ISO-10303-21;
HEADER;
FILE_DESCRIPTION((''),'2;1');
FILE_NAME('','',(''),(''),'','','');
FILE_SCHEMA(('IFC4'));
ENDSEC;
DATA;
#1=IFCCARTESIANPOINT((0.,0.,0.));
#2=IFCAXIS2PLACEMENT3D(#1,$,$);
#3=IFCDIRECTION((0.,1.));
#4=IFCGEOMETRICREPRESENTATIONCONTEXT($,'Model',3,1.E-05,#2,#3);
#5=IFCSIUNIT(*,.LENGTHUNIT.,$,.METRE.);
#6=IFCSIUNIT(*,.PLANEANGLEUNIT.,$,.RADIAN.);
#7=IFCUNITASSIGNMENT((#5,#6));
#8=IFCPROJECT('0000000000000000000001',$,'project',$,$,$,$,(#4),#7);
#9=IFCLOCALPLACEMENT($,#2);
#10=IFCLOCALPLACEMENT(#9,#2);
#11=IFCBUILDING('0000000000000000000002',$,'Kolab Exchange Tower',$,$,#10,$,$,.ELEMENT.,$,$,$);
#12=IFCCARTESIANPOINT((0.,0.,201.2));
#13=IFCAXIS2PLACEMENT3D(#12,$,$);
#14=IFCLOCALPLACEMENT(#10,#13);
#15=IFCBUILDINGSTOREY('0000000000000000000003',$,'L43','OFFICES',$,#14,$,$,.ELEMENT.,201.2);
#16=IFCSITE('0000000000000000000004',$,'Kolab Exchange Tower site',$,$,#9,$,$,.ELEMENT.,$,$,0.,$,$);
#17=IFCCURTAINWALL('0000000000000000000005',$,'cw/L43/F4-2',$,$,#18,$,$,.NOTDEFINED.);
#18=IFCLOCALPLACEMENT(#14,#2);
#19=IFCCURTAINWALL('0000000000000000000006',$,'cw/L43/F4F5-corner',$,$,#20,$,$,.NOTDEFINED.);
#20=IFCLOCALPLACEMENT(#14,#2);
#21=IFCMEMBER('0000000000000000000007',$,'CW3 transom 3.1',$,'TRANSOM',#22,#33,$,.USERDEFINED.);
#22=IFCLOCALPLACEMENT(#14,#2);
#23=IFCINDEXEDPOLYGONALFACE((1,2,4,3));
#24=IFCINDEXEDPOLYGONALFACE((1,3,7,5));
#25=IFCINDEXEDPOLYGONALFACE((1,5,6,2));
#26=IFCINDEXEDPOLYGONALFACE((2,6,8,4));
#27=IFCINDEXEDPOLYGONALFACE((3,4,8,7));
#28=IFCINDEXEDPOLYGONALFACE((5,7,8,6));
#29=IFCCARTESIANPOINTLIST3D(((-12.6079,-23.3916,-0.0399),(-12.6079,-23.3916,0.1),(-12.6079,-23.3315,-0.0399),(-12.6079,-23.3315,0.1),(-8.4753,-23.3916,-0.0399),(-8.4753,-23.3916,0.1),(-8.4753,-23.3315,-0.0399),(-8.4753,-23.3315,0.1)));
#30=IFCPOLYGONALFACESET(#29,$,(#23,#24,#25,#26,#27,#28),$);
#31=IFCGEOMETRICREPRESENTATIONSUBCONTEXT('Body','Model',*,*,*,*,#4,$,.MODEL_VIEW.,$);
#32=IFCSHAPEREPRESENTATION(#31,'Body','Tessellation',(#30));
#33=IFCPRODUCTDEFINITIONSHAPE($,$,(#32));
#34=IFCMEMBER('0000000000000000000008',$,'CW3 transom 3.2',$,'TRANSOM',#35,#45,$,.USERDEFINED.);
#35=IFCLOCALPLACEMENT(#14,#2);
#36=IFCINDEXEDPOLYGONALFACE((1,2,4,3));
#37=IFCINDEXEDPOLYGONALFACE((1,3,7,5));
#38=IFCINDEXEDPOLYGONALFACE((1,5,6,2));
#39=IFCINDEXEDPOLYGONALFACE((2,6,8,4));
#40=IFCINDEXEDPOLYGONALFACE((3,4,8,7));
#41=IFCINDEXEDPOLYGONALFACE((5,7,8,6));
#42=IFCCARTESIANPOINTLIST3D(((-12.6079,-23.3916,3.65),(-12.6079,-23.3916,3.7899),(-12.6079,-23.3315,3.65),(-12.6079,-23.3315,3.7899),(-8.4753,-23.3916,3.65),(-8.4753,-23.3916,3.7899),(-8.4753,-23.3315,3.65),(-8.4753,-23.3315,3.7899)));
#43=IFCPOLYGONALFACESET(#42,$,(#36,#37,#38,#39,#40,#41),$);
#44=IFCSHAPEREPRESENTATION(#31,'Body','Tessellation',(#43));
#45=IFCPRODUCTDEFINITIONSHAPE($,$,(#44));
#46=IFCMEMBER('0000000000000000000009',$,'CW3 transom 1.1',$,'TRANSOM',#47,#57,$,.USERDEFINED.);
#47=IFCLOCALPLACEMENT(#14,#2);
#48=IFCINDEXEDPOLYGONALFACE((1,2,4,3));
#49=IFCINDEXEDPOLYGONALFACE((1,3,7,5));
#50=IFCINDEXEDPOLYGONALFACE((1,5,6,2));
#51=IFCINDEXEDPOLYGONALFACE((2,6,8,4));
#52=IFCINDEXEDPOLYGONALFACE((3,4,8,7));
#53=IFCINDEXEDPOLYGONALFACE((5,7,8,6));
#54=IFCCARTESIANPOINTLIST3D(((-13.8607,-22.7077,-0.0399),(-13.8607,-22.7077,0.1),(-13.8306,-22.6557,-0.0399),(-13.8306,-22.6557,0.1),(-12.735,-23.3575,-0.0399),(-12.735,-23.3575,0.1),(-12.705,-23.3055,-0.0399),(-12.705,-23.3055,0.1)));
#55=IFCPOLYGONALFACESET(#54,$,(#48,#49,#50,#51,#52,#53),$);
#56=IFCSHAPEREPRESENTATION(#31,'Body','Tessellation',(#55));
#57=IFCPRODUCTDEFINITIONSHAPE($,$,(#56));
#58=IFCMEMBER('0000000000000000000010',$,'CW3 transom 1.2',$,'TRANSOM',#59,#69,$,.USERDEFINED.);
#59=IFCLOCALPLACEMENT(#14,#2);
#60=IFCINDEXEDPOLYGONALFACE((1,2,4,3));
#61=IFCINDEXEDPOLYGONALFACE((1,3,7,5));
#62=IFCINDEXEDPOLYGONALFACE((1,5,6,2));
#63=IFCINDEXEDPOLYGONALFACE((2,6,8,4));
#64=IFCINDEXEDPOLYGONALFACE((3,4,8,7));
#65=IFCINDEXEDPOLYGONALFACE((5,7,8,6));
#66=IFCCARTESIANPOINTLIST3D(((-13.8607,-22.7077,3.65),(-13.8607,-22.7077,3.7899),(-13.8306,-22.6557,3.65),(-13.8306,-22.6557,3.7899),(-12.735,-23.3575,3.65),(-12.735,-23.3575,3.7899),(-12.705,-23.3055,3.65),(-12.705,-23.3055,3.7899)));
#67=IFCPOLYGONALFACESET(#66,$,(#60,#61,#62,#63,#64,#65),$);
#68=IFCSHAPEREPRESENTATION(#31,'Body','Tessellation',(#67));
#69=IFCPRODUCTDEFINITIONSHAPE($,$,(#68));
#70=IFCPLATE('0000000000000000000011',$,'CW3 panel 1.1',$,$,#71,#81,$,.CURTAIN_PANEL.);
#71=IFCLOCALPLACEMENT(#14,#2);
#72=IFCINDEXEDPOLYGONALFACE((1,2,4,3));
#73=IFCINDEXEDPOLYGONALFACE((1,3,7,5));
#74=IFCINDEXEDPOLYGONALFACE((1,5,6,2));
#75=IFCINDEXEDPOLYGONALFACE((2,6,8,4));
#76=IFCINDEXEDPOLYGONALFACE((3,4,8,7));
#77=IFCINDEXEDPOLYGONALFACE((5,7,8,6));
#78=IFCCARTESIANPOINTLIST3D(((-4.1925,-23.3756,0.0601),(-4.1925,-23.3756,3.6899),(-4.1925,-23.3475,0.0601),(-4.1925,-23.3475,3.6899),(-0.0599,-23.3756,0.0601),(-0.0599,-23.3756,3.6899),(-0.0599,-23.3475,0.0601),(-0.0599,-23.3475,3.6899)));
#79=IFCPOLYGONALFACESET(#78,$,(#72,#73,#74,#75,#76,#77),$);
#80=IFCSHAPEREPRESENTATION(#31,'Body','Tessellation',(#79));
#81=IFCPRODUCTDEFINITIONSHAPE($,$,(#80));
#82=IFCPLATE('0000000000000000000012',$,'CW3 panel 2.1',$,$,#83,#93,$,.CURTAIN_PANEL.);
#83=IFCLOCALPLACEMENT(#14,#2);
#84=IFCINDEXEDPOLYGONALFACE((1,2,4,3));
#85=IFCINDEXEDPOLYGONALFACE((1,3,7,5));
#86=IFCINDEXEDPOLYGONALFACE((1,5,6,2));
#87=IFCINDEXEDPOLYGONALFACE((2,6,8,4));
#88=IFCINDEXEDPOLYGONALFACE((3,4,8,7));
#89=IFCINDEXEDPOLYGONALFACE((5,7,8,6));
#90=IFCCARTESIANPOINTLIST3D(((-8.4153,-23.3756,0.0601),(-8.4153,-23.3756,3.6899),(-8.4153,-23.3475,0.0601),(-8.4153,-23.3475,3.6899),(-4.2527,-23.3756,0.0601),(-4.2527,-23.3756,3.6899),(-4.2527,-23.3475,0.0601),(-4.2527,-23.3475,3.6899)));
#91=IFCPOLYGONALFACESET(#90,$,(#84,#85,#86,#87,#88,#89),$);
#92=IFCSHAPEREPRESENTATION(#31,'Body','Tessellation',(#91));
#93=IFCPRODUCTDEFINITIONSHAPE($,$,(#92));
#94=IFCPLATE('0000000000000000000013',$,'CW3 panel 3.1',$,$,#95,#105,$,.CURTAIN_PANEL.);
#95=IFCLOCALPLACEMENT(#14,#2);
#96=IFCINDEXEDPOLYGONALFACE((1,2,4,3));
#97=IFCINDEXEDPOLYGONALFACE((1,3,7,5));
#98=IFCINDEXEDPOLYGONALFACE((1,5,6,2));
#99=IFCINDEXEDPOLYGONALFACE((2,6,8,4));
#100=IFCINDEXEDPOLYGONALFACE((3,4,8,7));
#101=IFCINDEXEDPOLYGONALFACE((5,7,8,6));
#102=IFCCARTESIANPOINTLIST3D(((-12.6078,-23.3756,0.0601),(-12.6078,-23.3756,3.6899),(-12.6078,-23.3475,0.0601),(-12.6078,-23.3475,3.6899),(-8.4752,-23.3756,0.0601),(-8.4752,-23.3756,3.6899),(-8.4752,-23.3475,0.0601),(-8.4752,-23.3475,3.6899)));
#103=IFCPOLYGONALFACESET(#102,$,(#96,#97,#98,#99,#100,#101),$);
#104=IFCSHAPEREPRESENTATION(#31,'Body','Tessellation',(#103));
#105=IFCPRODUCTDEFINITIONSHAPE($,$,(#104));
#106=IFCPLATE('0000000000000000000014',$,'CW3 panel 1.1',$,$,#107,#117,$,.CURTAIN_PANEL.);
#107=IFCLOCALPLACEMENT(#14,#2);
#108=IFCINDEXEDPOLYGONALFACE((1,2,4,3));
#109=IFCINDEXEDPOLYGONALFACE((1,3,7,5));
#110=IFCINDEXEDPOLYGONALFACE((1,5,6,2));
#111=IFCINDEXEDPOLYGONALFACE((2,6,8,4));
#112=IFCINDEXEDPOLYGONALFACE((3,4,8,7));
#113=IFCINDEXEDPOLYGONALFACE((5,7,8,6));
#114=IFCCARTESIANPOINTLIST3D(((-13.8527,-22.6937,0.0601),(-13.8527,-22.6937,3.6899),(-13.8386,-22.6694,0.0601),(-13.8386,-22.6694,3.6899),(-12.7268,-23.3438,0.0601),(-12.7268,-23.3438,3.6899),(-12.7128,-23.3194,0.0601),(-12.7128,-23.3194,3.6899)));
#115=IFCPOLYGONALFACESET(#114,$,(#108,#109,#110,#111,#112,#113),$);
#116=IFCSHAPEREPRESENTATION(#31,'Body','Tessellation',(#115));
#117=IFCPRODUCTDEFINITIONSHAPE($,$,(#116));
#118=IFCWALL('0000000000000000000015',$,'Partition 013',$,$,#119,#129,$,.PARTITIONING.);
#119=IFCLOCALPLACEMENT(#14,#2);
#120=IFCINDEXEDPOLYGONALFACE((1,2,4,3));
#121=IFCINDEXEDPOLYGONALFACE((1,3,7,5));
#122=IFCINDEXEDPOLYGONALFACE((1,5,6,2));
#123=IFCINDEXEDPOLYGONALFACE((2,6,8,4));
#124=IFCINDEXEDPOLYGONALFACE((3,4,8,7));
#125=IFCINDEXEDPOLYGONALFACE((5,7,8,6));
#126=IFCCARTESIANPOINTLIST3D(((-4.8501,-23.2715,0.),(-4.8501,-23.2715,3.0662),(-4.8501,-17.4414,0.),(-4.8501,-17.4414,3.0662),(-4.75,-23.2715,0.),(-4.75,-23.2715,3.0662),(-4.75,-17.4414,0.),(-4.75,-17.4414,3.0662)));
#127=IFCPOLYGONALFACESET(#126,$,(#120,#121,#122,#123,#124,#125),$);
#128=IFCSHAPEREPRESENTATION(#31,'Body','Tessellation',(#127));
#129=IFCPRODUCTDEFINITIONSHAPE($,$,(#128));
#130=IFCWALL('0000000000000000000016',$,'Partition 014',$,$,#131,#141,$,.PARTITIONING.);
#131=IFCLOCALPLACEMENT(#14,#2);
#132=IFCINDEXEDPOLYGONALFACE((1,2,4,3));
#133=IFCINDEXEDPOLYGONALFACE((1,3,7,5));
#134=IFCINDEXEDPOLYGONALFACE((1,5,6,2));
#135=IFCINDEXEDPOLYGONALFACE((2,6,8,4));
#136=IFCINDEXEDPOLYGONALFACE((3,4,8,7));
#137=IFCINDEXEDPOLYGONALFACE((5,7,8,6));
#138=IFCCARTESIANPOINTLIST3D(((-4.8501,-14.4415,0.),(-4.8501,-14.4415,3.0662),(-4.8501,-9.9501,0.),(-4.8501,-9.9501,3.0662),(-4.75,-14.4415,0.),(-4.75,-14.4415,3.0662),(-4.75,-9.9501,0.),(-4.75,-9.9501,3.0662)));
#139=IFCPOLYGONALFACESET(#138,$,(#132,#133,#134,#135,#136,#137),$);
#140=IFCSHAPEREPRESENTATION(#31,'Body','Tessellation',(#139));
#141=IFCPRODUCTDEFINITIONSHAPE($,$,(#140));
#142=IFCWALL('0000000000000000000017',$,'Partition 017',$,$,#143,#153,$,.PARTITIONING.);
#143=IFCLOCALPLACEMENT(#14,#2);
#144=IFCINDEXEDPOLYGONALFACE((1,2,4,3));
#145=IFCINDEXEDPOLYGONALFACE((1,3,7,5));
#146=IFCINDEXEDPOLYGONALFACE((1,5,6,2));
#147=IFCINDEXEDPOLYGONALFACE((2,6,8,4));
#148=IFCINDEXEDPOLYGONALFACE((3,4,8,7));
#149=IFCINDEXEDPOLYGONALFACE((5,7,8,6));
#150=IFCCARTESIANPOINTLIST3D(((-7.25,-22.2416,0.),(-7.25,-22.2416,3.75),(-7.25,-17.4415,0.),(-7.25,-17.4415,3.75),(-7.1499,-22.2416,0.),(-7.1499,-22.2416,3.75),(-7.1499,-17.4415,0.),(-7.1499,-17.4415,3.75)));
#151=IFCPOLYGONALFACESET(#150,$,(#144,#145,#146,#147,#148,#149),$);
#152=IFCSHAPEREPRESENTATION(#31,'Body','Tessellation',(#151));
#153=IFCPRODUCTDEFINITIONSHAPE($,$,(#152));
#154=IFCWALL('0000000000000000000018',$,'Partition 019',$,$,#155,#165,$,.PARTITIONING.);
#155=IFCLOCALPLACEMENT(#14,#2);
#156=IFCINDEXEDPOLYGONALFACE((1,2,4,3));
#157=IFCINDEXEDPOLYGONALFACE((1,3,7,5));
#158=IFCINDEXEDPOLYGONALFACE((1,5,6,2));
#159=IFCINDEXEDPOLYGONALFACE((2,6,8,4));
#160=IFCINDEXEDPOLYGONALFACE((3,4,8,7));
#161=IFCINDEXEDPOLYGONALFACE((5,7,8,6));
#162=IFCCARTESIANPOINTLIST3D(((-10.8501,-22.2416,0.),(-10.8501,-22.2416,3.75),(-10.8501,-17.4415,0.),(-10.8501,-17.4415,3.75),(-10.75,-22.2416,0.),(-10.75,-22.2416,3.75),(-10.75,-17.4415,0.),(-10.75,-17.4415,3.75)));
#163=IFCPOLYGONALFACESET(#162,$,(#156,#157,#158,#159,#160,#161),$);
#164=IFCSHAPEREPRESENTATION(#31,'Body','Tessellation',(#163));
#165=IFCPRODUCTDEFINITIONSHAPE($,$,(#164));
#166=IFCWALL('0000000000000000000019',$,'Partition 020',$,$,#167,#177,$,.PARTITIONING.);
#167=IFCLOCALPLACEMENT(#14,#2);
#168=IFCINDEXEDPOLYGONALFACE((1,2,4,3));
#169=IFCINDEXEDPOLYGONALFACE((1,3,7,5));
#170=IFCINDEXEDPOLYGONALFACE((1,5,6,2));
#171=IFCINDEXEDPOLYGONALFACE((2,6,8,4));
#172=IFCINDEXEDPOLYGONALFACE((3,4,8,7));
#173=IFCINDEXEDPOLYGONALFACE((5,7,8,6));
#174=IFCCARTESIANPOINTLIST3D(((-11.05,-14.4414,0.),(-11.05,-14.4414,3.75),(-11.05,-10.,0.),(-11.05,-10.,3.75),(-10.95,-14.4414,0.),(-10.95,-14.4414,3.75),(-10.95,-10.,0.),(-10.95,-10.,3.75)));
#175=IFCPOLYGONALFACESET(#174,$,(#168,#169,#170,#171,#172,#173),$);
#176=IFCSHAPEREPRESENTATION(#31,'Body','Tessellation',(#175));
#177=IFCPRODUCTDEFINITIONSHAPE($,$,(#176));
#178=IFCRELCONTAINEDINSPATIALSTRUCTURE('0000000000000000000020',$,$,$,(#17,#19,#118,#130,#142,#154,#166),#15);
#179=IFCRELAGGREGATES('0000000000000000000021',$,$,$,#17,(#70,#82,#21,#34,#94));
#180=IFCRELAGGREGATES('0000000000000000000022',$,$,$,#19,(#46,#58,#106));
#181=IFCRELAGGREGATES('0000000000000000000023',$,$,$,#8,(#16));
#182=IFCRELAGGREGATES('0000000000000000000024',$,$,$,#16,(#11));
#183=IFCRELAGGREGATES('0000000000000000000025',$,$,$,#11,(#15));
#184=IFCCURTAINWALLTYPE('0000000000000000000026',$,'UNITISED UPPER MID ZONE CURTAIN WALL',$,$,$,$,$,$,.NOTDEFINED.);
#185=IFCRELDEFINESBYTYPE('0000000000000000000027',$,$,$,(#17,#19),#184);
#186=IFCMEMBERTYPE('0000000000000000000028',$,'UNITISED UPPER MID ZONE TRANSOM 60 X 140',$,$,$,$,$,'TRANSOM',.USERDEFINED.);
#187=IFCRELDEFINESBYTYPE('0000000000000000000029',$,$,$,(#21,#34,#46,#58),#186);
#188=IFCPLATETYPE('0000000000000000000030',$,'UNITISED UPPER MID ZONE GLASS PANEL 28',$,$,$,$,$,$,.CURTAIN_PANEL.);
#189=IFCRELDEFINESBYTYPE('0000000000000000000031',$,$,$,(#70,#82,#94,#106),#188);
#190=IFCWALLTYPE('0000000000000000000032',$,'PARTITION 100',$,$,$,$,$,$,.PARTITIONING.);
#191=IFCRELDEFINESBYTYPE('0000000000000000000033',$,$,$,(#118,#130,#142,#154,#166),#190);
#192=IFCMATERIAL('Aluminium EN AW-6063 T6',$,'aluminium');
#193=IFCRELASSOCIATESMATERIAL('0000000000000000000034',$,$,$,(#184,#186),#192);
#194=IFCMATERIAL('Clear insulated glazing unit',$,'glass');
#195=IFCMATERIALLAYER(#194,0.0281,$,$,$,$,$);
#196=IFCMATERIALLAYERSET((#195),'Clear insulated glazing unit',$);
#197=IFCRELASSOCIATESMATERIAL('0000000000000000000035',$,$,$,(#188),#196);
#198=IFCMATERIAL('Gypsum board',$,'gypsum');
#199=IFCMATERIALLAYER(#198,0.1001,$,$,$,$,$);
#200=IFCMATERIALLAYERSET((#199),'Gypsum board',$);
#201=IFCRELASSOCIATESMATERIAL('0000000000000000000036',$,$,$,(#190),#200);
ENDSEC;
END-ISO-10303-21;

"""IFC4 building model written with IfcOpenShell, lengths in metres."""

from ifc_helpers import new_model, si_unit, direction, frame, frame_2d, origin, origin_2d, place, context, subcontext, project, spatial, rectangle, extrude, material, layer, layer_set, material_profile, profile_set, type_object, element, aggregate, save


model = new_model("IFC4")

# Units and contexts
model_context = context("Model", 3, precision=1e-05, world=origin(), true_north=direction((0.0, 1.0)))
body_context = subcontext(model_context, "Body", "Model", "MODEL_VIEW")
ifc_project = project(units=[si_unit("LENGTHUNIT", "METRE"), si_unit("PLANEANGLEUNIT", "RADIAN")], contexts=[model_context])

# Site, building, storey
site_placement = place(None, origin())
site = spatial("IfcSite", under=ifc_project, at=site_placement, Name="Kolab Exchange Tower site", CompositionType="ELEMENT", RefElevation=0.0)
building_placement = place(site_placement, origin())
building = spatial("IfcBuilding", under=site, at=building_placement, Name="Kolab Exchange Tower", CompositionType="ELEMENT")
storey_placement = place(building_placement, frame((0.0, 0.0, 201.2)))
storey = spatial("IfcBuildingStorey", under=building, at=storey_placement, Name="L43", Description="OFFICES", CompositionType="ELEMENT", Elevation=201.2)

# Curtain wall
ifc_material_1 = material(Name="Aluminium EN AW-6063 T6", Category="aluminium")
curtain_wall_type = type_object("IfcCurtainWallType", Name="UNITISED UPPER MID ZONE CURTAIN WALL", PredefinedType="NOTDEFINED", material=ifc_material_1)
curtain_wall_1_placement = place(storey_placement, origin())
curtain_wall_1 = element("IfcCurtainWall", 1, at=curtain_wall_1_placement, inside=storey, type_object=curtain_wall_type, Name="cw/L43/F4-2", PredefinedType="NOTDEFINED")

# Curtain wall
curtain_wall_2_placement = place(storey_placement, origin())
curtain_wall_2 = element("IfcCurtainWall", 2, at=curtain_wall_2_placement, inside=storey, type_object=curtain_wall_type, Name="cw/L43/F4F5-corner", PredefinedType="NOTDEFINED")

# Members
ifc_material_profile_1 = material_profile(ifc_material_1, rectangle(XDim=0.0601, YDim=0.1399, at=origin_2d()), Name="RECT 60X140")
ifc_profile_set_1 = profile_set([ifc_material_profile_1], Name="Aluminium EN AW-6063 T6")
member_type_1 = type_object("IfcMemberType", Name="UNITISED UPPER MID ZONE TRANSOM 60 X 140", ElementType="TRANSOM", PredefinedType="USERDEFINED", material=ifc_profile_set_1)
member_1_placement = place(storey_placement, frame((-8.4753, -23.3616, 0.03), z_axis=(-1.0, 0.0, 0.0), x_axis=(0.0, -1.0, 0.0)))
member_1 = element("IfcMember", 3, at=member_1_placement, type_object=member_type_1, Name="CW3 transom 3.1", ObjectType="TRANSOM", PredefinedType="USERDEFINED", context=body_context, shape_type="SweptSolid", body=[
    extrude(rectangle(XDim=0.0601, YDim=0.1399, at=origin_2d()), origin(), (0.0, 0.0, 1.0), 4.1326),
])
member_2_placement = place(storey_placement, frame((-8.4753, -23.3616, 3.72), z_axis=(-1.0, 0.0, 0.0), x_axis=(0.0, -1.0, 0.0)))
member_2 = element("IfcMember", 4, at=member_2_placement, type_object=member_type_1, Name="CW3 transom 3.2", ObjectType="TRANSOM", PredefinedType="USERDEFINED", context=body_context, shape_type="SweptSolid", body=[
    extrude(rectangle(XDim=0.0601, YDim=0.1399, at=origin_2d()), origin(), (0.0, 0.0, 1.0), 4.1326),
])
member_3_placement = place(storey_placement, frame((-12.72, -23.3315, 0.03), z_axis=(-0.866039, 0.499977, 0.0), x_axis=(-0.499977, -0.866039, 0.0)))
member_3 = element("IfcMember", 5, at=member_3_placement, type_object=member_type_1, Name="CW3 transom 1.1", ObjectType="TRANSOM", PredefinedType="USERDEFINED", context=body_context, shape_type="SweptSolid", body=[
    extrude(rectangle(XDim=0.0601, YDim=0.1399, at=origin_2d()), origin(), (0.0, 0.0, 1.0), 1.2998),
])
member_4_placement = place(storey_placement, frame((-12.72, -23.3315, 3.72), z_axis=(-0.866039, 0.499977, 0.0), x_axis=(-0.499977, -0.866039, 0.0)))
member_4 = element("IfcMember", 6, at=member_4_placement, type_object=member_type_1, Name="CW3 transom 1.2", ObjectType="TRANSOM", PredefinedType="USERDEFINED", context=body_context, shape_type="SweptSolid", body=[
    extrude(rectangle(XDim=0.0601, YDim=0.1399, at=origin_2d()), origin(), (0.0, 0.0, 1.0), 1.2998),
])

# Plates
ifc_material_2 = material(Name="Clear insulated glazing unit", Category="glass")
ifc_layer_1 = layer(ifc_material_2, 0.0281)
ifc_layer_set_1 = layer_set([ifc_layer_1], Name="Clear insulated glazing unit")
plate_type = type_object("IfcPlateType", Name="UNITISED UPPER MID ZONE GLASS PANEL 28", PredefinedType="CURTAIN_PANEL", material=ifc_layer_set_1)
plate_1_placement = place(storey_placement, frame((-2.1262, -23.3616, 0.0601), z_axis=(0.0, 0.0, 1.0), x_axis=(-1.0, 0.0, 0.0)))
plate_1 = element("IfcPlate", 7, at=plate_1_placement, type_object=plate_type, Name="CW3 panel 1.1", PredefinedType="CURTAIN_PANEL", context=body_context, shape_type="SweptSolid", body=[
    extrude(rectangle(XDim=4.1326, YDim=0.0281, at=origin_2d()), origin(), (0.0, 0.0, 1.0), 3.6299),
])
plate_2_placement = place(storey_placement, frame((-6.334, -23.3616, 0.0601), z_axis=(0.0, 0.0, 1.0), x_axis=(-1.0, 0.0, 0.0)))
plate_2 = element("IfcPlate", 8, at=plate_2_placement, type_object=plate_type, Name="CW3 panel 2.1", PredefinedType="CURTAIN_PANEL", context=body_context, shape_type="SweptSolid", body=[
    extrude(rectangle(XDim=4.1626, YDim=0.0281, at=origin_2d()), origin(), (0.0, 0.0, 1.0), 3.6299),
])
plate_3_placement = place(storey_placement, frame((-10.5415, -23.3616, 0.0601), z_axis=(0.0, 0.0, 1.0), x_axis=(-1.0, 0.0, 0.0)))
plate_3 = element("IfcPlate", 9, at=plate_3_placement, type_object=plate_type, Name="CW3 panel 3.1", PredefinedType="CURTAIN_PANEL", context=body_context, shape_type="SweptSolid", body=[
    extrude(rectangle(XDim=4.1326, YDim=0.0281, at=origin_2d()), origin(), (0.0, 0.0, 1.0), 3.6299),
])
aggregate(curtain_wall_1, [plate_1, plate_2, member_1, member_2, plate_3])
plate_4_placement = place(storey_placement, frame((-13.2827, -23.0066, 0.0601), z_axis=(0.0, 0.0, 1.0), x_axis=(-0.866025, 0.5, 0.0)))
plate_4 = element("IfcPlate", 10, at=plate_4_placement, type_object=plate_type, Name="CW3 panel 1.1", PredefinedType="CURTAIN_PANEL", context=body_context, shape_type="SweptSolid", body=[
    extrude(rectangle(XDim=1.3, YDim=0.0281, at=origin_2d()), origin(), (0.0, 0.0, 1.0), 3.6299),
])
aggregate(curtain_wall_2, [member_3, member_4, plate_4])

# Walls
ifc_material_3 = material(Name="Gypsum board", Category="gypsum")
ifc_layer_2 = layer(ifc_material_3, 0.1001)
ifc_layer_set_2 = layer_set([ifc_layer_2], Name="Gypsum board")
wall_type = type_object("IfcWallType", Name="PARTITION 100", PredefinedType="PARTITIONING", material=ifc_layer_set_2)
wall_1_placement = place(storey_placement, frame((-4.8, -23.2715, 0.0), z_axis=(0.0, 0.0, 1.0), x_axis=(0.0, 1.0, 0.0)))
element("IfcWall", 11, at=wall_1_placement, inside=storey, type_object=wall_type, Name="Partition 013", PredefinedType="PARTITIONING", context=body_context, shape_type="SweptSolid", body=[
    extrude(rectangle(XDim=5.8301, YDim=0.1001, at=frame_2d((2.915, 0.0))), origin(), (0.0, 0.0, 1.0), 3.0662),
])
wall_2_placement = place(storey_placement, frame((-4.8, -14.4414, 0.0), z_axis=(0.0, 0.0, 1.0), x_axis=(0.0, 1.0, 0.0)))
element("IfcWall", 12, at=wall_2_placement, inside=storey, type_object=wall_type, Name="Partition 014", PredefinedType="PARTITIONING", context=body_context, shape_type="SweptSolid", body=[
    extrude(rectangle(XDim=4.4915, YDim=0.1001, at=frame_2d((2.2456, 0.0))), origin(), (0.0, 0.0, 1.0), 3.0662),
])
for number, where, z_axis, x_axis, name in (
    (13, (-7.2, -22.2415, 0.0), (0.0, 0.0, 1.0), (0.0, 1.0, 0.0), "Partition 017"),
    (14, (-10.8, -22.2415, 0.0), (0.0, 0.0, 1.0), (0.0, 1.0, 0.0), "Partition 019"),
):
    element("IfcWall", number, at=place(storey_placement, frame(where, z_axis=z_axis, x_axis=x_axis)), inside=storey, type_object=wall_type, Name=name, PredefinedType="PARTITIONING", context=body_context, shape_type="SweptSolid", body=[
        extrude(rectangle(XDim=4.8, YDim=0.1001, at=frame_2d((2.3999, 0.0))), origin(), (0.0, 0.0, 1.0), 3.75),
    ])
wall_3_placement = place(storey_placement, frame((-11.0, -14.4414, 0.0), z_axis=(0.0, 0.0, 1.0), x_axis=(0.0, 1.0, 0.0)))
element("IfcWall", 15, at=wall_3_placement, inside=storey, type_object=wall_type, Name="Partition 020", PredefinedType="PARTITIONING", context=body_context, shape_type="SweptSolid", body=[
    extrude(rectangle(XDim=4.4414, YDim=0.1001, at=frame_2d((2.2207, 0.0))), origin(), (0.0, 0.0, 1.0), 3.75),
])

save(model, "model.ifc")
